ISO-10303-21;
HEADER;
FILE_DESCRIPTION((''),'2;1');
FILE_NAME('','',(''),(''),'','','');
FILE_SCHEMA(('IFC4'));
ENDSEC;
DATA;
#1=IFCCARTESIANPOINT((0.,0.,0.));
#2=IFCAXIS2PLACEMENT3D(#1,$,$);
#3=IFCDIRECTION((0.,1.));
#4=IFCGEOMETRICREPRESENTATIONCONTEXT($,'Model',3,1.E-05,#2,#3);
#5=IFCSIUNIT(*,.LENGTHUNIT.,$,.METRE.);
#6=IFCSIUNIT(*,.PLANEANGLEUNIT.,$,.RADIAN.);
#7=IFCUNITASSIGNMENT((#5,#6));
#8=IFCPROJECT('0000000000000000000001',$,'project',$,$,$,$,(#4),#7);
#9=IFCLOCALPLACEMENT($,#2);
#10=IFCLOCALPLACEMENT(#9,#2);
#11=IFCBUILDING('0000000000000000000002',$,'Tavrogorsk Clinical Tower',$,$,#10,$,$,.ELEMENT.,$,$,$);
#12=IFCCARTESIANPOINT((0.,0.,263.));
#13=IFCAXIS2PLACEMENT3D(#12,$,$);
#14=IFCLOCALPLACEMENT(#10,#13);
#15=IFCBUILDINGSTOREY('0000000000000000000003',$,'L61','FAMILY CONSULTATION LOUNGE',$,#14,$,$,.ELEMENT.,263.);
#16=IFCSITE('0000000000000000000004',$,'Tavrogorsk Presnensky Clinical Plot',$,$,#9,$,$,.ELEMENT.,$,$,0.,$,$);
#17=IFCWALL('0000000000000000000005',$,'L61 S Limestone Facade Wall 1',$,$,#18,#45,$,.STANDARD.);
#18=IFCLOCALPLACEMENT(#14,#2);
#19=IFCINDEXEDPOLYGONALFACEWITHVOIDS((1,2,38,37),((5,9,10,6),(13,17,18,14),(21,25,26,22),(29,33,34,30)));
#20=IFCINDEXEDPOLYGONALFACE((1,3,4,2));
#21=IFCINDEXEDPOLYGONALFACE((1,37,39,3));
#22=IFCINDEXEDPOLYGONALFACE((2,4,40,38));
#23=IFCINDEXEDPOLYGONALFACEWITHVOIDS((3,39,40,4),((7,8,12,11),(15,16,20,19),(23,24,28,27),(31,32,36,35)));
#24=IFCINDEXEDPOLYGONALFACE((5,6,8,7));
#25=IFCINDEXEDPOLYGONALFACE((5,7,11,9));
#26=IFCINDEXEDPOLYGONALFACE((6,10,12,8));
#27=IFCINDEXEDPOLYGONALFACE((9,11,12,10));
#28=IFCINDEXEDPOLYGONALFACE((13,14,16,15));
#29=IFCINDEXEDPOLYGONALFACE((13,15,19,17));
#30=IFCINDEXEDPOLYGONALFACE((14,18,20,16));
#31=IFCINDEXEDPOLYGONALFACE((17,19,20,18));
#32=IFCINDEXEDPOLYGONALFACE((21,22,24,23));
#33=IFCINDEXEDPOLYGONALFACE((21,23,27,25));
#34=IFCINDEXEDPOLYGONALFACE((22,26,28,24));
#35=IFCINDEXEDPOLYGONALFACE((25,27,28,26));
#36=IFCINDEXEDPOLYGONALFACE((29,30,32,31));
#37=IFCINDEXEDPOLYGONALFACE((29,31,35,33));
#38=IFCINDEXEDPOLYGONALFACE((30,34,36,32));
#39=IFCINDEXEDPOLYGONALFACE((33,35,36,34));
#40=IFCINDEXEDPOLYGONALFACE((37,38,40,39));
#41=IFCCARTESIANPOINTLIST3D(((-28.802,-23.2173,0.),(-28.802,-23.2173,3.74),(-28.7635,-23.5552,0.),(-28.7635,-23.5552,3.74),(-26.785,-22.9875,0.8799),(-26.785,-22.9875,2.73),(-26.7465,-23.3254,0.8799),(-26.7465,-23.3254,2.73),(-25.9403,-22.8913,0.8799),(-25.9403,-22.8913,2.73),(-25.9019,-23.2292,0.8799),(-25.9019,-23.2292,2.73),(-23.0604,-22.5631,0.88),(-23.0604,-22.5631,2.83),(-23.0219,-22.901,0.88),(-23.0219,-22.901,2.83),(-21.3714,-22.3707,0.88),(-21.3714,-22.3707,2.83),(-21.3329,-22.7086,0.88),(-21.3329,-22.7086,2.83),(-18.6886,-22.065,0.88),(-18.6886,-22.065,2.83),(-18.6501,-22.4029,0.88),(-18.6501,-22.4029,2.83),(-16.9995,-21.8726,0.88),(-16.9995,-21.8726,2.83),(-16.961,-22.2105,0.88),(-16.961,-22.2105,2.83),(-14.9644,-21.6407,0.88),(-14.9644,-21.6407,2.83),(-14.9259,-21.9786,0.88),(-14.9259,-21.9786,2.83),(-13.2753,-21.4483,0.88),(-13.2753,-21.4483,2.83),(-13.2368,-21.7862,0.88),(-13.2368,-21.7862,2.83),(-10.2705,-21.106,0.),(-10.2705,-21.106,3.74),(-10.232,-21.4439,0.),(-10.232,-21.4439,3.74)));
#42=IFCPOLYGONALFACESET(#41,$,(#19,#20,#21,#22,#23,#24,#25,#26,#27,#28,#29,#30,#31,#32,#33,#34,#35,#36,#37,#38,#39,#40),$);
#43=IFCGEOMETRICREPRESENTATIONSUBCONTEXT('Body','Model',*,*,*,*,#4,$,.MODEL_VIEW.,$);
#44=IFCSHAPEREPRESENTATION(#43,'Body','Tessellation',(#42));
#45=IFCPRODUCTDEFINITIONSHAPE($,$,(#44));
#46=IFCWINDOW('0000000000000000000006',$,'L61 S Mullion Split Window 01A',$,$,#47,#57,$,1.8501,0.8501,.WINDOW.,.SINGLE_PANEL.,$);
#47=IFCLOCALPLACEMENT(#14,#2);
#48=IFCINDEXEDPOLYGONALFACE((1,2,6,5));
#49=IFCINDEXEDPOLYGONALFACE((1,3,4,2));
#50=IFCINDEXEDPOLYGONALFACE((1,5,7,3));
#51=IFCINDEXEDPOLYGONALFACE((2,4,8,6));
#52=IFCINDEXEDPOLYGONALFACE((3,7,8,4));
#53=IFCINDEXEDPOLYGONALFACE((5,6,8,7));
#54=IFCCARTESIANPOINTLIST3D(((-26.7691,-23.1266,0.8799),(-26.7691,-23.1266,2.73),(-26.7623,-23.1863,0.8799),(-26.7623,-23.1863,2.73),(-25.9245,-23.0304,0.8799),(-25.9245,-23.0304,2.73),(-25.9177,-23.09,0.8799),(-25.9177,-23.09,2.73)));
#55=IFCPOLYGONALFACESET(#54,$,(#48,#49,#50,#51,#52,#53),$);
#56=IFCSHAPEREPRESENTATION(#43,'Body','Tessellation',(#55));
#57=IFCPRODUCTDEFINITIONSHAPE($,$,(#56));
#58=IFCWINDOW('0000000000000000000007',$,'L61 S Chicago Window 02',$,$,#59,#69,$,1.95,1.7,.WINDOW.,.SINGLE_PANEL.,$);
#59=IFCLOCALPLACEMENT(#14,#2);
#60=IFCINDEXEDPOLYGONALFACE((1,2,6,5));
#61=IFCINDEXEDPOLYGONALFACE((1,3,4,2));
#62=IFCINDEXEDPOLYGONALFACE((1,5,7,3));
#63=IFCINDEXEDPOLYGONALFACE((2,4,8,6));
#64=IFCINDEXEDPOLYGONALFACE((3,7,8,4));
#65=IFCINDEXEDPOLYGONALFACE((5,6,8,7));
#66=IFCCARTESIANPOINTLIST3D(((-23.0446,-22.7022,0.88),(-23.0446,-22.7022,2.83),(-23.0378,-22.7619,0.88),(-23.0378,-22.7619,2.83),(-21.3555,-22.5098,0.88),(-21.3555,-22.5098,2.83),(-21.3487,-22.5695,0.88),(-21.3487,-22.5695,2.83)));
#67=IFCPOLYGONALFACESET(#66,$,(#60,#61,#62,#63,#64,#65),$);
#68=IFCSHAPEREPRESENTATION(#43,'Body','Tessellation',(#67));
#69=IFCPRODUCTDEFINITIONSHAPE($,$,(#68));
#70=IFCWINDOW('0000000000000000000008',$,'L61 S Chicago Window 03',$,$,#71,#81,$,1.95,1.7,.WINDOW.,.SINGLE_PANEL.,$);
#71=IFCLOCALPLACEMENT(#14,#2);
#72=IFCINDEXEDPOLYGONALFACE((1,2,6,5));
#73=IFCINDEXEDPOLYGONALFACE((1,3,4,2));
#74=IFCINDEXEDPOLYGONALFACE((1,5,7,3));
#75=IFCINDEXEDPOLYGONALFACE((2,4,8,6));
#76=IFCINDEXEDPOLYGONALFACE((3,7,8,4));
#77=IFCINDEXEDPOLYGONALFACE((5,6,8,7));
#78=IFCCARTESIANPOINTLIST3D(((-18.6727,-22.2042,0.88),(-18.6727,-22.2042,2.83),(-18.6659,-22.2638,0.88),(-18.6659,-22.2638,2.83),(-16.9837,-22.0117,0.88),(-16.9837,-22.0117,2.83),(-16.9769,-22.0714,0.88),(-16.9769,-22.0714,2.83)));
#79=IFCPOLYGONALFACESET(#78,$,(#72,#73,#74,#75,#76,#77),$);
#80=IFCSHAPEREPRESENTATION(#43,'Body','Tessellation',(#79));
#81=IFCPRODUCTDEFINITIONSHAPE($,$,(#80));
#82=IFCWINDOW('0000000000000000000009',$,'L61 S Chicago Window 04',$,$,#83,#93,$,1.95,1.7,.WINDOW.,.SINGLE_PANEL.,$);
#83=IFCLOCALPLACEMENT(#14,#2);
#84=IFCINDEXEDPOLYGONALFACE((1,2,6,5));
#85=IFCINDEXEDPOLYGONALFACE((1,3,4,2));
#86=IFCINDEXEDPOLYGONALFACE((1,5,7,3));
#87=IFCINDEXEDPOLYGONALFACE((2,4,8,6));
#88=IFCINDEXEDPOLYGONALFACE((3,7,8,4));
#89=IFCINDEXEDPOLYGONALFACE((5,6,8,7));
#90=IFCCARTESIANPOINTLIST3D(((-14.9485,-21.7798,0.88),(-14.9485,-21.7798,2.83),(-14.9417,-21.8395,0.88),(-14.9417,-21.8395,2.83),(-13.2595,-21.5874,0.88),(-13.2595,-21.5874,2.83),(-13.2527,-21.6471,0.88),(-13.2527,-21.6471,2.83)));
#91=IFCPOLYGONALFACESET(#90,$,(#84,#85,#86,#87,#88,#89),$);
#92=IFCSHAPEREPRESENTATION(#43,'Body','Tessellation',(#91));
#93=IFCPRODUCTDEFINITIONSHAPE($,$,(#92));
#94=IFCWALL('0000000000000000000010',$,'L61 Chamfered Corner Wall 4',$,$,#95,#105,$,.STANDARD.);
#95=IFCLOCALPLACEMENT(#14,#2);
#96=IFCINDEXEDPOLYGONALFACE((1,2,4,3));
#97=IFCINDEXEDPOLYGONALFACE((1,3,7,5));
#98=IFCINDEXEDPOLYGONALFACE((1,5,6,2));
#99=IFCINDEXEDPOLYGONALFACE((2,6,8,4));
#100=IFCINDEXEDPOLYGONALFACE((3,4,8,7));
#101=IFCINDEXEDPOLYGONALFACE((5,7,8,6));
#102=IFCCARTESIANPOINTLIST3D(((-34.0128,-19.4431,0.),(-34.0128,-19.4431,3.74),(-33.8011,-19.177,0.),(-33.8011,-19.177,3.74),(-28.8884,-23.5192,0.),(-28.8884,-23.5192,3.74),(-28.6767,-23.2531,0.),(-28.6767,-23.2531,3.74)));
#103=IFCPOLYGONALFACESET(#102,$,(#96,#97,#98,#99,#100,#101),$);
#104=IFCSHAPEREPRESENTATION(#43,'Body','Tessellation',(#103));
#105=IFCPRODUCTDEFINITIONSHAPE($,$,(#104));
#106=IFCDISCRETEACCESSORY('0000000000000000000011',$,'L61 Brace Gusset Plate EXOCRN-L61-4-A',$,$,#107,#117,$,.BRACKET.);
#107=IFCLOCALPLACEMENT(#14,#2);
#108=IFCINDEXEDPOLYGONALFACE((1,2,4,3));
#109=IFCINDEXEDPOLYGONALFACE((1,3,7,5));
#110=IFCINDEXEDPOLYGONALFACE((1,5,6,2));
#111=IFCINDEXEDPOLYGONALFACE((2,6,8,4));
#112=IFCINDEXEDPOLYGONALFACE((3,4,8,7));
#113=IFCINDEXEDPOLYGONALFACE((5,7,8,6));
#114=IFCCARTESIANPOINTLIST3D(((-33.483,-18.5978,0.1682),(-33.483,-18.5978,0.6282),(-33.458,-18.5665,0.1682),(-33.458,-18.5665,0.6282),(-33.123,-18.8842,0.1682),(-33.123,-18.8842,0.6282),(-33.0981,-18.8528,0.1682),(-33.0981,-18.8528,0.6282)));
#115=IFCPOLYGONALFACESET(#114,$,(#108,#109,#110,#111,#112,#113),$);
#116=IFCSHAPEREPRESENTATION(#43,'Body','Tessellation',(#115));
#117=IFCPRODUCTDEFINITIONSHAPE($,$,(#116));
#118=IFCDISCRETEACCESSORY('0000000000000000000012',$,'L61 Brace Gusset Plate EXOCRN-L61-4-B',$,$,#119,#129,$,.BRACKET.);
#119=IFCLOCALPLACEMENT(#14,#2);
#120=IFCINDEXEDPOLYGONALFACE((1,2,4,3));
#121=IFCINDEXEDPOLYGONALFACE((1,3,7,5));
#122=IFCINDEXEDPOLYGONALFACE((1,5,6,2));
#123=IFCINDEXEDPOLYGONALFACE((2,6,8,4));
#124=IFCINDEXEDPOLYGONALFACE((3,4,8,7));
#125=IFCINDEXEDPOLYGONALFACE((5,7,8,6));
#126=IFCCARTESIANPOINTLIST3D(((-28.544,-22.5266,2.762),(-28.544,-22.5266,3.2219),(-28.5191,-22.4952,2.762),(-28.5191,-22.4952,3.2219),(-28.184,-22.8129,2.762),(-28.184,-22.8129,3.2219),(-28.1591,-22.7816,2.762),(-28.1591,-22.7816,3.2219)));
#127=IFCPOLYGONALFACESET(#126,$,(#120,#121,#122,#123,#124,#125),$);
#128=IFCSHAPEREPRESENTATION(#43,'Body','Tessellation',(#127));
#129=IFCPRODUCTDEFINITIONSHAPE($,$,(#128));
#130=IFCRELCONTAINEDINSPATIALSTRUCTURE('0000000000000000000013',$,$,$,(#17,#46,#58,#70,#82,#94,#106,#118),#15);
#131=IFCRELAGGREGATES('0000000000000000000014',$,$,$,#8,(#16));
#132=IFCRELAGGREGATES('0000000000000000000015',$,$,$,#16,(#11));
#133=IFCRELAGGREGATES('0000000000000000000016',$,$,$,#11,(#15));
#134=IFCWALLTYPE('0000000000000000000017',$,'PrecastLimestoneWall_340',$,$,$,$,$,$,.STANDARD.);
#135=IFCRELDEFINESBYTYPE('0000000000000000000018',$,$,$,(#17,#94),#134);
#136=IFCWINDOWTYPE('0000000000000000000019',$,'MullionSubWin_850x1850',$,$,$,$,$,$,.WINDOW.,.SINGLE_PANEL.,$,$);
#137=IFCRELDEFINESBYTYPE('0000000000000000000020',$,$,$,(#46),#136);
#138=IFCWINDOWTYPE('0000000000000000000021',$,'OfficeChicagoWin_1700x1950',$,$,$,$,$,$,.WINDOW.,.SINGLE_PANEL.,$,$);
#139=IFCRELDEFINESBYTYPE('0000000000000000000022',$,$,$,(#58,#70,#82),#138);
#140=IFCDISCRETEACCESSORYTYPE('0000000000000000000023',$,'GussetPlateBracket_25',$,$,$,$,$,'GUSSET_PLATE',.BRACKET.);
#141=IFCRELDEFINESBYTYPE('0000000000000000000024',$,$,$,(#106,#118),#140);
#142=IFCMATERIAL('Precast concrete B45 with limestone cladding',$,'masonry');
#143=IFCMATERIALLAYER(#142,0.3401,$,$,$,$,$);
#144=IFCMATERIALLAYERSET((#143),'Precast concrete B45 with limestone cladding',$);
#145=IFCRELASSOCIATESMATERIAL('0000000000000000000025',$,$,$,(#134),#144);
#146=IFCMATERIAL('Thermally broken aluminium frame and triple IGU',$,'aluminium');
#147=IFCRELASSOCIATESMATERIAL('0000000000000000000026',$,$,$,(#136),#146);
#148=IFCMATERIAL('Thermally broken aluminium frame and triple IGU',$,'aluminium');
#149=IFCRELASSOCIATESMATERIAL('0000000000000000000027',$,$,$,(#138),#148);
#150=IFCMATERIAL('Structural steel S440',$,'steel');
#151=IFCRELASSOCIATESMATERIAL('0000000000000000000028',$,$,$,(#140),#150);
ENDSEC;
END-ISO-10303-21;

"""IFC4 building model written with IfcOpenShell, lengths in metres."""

from ifc_helpers import new_model, si_unit, direction, frame, frame_2d, origin, origin_2d, place, context, subcontext, project, spatial, rectangle, extrude, material, layer, layer_set, type_object, element, fill, save


model = new_model("IFC4")

# Units and contexts
model_context = context("Model", 3, precision=1e-05, world=origin(), true_north=direction((0.0, 1.0)))
body_context = subcontext(model_context, "Body", "Model", "MODEL_VIEW")
ifc_project = project(units=[si_unit("LENGTHUNIT", "METRE"), si_unit("PLANEANGLEUNIT", "RADIAN")], contexts=[model_context])

# Site, building, storey
site_placement = place(None, origin())
site = spatial("IfcSite", under=ifc_project, at=site_placement, Name="Tavrogorsk Presnensky Clinical Plot", CompositionType="ELEMENT", RefElevation=0.0)
building_placement = place(site_placement, origin())
building = spatial("IfcBuilding", under=site, at=building_placement, Name="Tavrogorsk Clinical Tower", CompositionType="ELEMENT")
storey_placement = place(building_placement, frame((0.0, 0.0, 263.0)))
storey = spatial("IfcBuildingStorey", under=building, at=storey_placement, Name="L61", Description="FAMILY CONSULTATION LOUNGE", CompositionType="ELEMENT", Elevation=263.0)

# Wall, openings, windows
ifc_material_1 = material(Name="Precast concrete B45 with limestone cladding", Category="masonry")
ifc_layer_1 = layer(ifc_material_1, 0.3401)
ifc_layer_set_1 = layer_set([ifc_layer_1], Name="Precast concrete B45 with limestone cladding")
wall_type_1 = type_object("IfcWallType", Name="PrecastLimestoneWall_340", PredefinedType="STANDARD", material=ifc_layer_set_1)
wall_1_placement = place(storey_placement, frame((-28.7827, -23.3862, 0.0), z_axis=(0.0, 0.0, 1.0), x_axis=(0.993572, 0.1132, 0.0)))
wall_1 = element("IfcWall", 1, at=wall_1_placement, inside=storey, type_object=wall_type_1, Name="L61 S Limestone Facade Wall 1", PredefinedType="STANDARD", context=body_context, shape_type="SweptSolid", body=[
    extrude(rectangle(XDim=18.6514, YDim=0.3401, at=frame_2d((9.3257, 0.0))), origin(), (0.0, 0.0, 1.0), 3.74),
])
opening_1_placement = place(wall_1_placement, frame((2.03, 0.0, 0.8799)))
opening_1 = element("IfcOpeningElement", 2, at=opening_1_placement, cuts=wall_1, PredefinedType="OPENING", context=body_context, shape_type="SweptSolid", body=[
    extrude(rectangle(XDim=0.8501, YDim=1.8501, at=frame_2d((0.425, 0.925))), frame((0.0, 0.1799, 0.0), z_axis=(0.0, -1.0, 0.0), x_axis=(1.0, 0.0, 0.0)), (0.0, 0.0, 1.0), 0.3601),
])
opening_2_placement = place(wall_1_placement, frame((5.7786, 0.0, 0.8799)))
opening_2 = element("IfcOpeningElement", 3, at=opening_2_placement, cuts=wall_1, PredefinedType="OPENING", context=body_context, shape_type="SweptSolid", body=[
    extrude(rectangle(XDim=1.7, YDim=1.95, at=frame_2d((0.8501, 0.9751))), frame((0.0, 0.1799, 0.0), z_axis=(0.0, -1.0, 0.0), x_axis=(1.0, 0.0, 0.0)), (0.0, 0.0, 1.0), 0.3601),
])
opening_3_placement = place(wall_1_placement, frame((10.1787, 0.0, 0.8799)))
opening_3 = element("IfcOpeningElement", 4, at=opening_3_placement, cuts=wall_1, PredefinedType="OPENING", context=body_context, shape_type="SweptSolid", body=[
    extrude(rectangle(XDim=1.7, YDim=1.95, at=frame_2d((0.8501, 0.9751))), frame((0.0, 0.1799, 0.0), z_axis=(0.0, -1.0, 0.0), x_axis=(1.0, 0.0, 0.0)), (0.0, 0.0, 1.0), 0.3601),
])
opening_4_placement = place(wall_1_placement, frame((13.927, 0.0, 0.8799)))
opening_4 = element("IfcOpeningElement", 5, at=opening_4_placement, cuts=wall_1, PredefinedType="OPENING", context=body_context, shape_type="SweptSolid", body=[
    extrude(rectangle(XDim=1.7, YDim=1.95, at=frame_2d((0.8501, 0.9751))), frame((0.0, 0.1799, 0.0), z_axis=(0.0, -1.0, 0.0), x_axis=(1.0, 0.0, 0.0)), (0.0, 0.0, 1.0), 0.3601),
])
ifc_material_2 = material(Name="Thermally broken aluminium frame and triple IGU", Category="aluminium")
window_type_1 = type_object("IfcWindowType", Name="MullionSubWin_850x1850", PartitioningType="SINGLE_PANEL", PredefinedType="WINDOW", material=ifc_material_2)
window_1_placement = place(opening_1_placement, origin())
window_1 = element("IfcWindow", 6, at=window_1_placement, inside=storey, type_object=window_type_1, Name="L61 S Mullion Split Window 01A", OverallHeight=1.8501, OverallWidth=0.8501, PartitioningType="SINGLE_PANEL", PredefinedType="WINDOW", context=body_context, shape_type="SweptSolid", body=[
    extrude(rectangle(XDim=0.8501, YDim=1.8501, at=frame_2d((0.425, 0.925))), frame((0.0, 0.03, 0.0), z_axis=(0.0, -1.0, 0.0), x_axis=(1.0, 0.0, 0.0)), (0.0, 0.0, 1.0), 0.0601),
])
fill(opening_1, window_1)
ifc_material_3 = material(Name="Thermally broken aluminium frame and triple IGU", Category="aluminium")
window_type_2 = type_object("IfcWindowType", Name="OfficeChicagoWin_1700x1950", PartitioningType="SINGLE_PANEL", PredefinedType="WINDOW", material=ifc_material_3)
window_2_placement = place(opening_2_placement, origin())
window_2 = element("IfcWindow", 7, at=window_2_placement, inside=storey, type_object=window_type_2, Name="L61 S Chicago Window 02", OverallHeight=1.95, OverallWidth=1.7, PartitioningType="SINGLE_PANEL", PredefinedType="WINDOW", context=body_context, shape_type="SweptSolid", body=[
    extrude(rectangle(XDim=1.7, YDim=1.95, at=frame_2d((0.8501, 0.9751))), frame((0.0, 0.03, 0.0), z_axis=(0.0, -1.0, 0.0), x_axis=(1.0, 0.0, 0.0)), (0.0, 0.0, 1.0), 0.0601),
])
fill(opening_2, window_2)
window_3_placement = place(opening_3_placement, origin())
window_3 = element("IfcWindow", 8, at=window_3_placement, inside=storey, type_object=window_type_2, Name="L61 S Chicago Window 03", OverallHeight=1.95, OverallWidth=1.7, PartitioningType="SINGLE_PANEL", PredefinedType="WINDOW", context=body_context, shape_type="SweptSolid", body=[
    extrude(rectangle(XDim=1.7, YDim=1.95, at=frame_2d((0.8501, 0.9751))), frame((0.0, 0.03, 0.0), z_axis=(0.0, -1.0, 0.0), x_axis=(1.0, 0.0, 0.0)), (0.0, 0.0, 1.0), 0.0601),
])
fill(opening_3, window_3)
window_4_placement = place(opening_4_placement, origin())
window_4 = element("IfcWindow", 9, at=window_4_placement, inside=storey, type_object=window_type_2, Name="L61 S Chicago Window 04", OverallHeight=1.95, OverallWidth=1.7, PartitioningType="SINGLE_PANEL", PredefinedType="WINDOW", context=body_context, shape_type="SweptSolid", body=[
    extrude(rectangle(XDim=1.7, YDim=1.95, at=frame_2d((0.8501, 0.9751))), frame((0.0, 0.03, 0.0), z_axis=(0.0, -1.0, 0.0), x_axis=(1.0, 0.0, 0.0)), (0.0, 0.0, 1.0), 0.0601),
])
fill(opening_4, window_4)

# Wall
wall_2_placement = place(storey_placement, frame((-33.907, -19.3101, 0.0), z_axis=(0.0, 0.0, 1.0), x_axis=(0.782612, -0.62251, 0.0)))
element("IfcWall", 10, at=wall_2_placement, inside=storey, type_object=wall_type_1, Name="L61 Chamfered Corner Wall 4", PredefinedType="STANDARD", context=body_context, shape_type="SweptSolid", body=[
    extrude(rectangle(XDim=6.5479, YDim=0.3401, at=frame_2d((3.2739, 0.0))), origin(), (0.0, 0.0, 1.0), 3.74),
])

# Discrete accessories
ifc_material_4 = material(Name="Structural steel S440", Category="steel")
discrete_accessory_type = type_object("IfcDiscreteAccessoryType", Name="GussetPlateBracket_25", ElementType="GUSSET_PLATE", PredefinedType="BRACKET", material=ifc_material_4)
for number, where, z_axis, x_axis, name in (
    (11, (-33.2905, -18.7253, 0.1682), (0.0, 0.0, 1.0), (0.782608, -0.622515, 0.0), "L61 Brace Gusset Plate EXOCRN-L61-4-A"),
    (12, (-28.3516, -22.6541, 2.762), (0.0, 0.0, 1.0), (0.782608, -0.622515, 0.0), "L61 Brace Gusset Plate EXOCRN-L61-4-B"),
):
    element("IfcDiscreteAccessory", number, at=place(storey_placement, frame(where, z_axis=z_axis, x_axis=x_axis)), inside=storey, type_object=discrete_accessory_type, Name=name, PredefinedType="BRACKET", context=body_context, shape_type="SweptSolid", body=[
        extrude(rectangle(XDim=0.46, YDim=0.04, at=origin_2d()), origin(), (0.0, 0.0, 1.0), 0.46),
    ])

save(model, "model.ifc")
